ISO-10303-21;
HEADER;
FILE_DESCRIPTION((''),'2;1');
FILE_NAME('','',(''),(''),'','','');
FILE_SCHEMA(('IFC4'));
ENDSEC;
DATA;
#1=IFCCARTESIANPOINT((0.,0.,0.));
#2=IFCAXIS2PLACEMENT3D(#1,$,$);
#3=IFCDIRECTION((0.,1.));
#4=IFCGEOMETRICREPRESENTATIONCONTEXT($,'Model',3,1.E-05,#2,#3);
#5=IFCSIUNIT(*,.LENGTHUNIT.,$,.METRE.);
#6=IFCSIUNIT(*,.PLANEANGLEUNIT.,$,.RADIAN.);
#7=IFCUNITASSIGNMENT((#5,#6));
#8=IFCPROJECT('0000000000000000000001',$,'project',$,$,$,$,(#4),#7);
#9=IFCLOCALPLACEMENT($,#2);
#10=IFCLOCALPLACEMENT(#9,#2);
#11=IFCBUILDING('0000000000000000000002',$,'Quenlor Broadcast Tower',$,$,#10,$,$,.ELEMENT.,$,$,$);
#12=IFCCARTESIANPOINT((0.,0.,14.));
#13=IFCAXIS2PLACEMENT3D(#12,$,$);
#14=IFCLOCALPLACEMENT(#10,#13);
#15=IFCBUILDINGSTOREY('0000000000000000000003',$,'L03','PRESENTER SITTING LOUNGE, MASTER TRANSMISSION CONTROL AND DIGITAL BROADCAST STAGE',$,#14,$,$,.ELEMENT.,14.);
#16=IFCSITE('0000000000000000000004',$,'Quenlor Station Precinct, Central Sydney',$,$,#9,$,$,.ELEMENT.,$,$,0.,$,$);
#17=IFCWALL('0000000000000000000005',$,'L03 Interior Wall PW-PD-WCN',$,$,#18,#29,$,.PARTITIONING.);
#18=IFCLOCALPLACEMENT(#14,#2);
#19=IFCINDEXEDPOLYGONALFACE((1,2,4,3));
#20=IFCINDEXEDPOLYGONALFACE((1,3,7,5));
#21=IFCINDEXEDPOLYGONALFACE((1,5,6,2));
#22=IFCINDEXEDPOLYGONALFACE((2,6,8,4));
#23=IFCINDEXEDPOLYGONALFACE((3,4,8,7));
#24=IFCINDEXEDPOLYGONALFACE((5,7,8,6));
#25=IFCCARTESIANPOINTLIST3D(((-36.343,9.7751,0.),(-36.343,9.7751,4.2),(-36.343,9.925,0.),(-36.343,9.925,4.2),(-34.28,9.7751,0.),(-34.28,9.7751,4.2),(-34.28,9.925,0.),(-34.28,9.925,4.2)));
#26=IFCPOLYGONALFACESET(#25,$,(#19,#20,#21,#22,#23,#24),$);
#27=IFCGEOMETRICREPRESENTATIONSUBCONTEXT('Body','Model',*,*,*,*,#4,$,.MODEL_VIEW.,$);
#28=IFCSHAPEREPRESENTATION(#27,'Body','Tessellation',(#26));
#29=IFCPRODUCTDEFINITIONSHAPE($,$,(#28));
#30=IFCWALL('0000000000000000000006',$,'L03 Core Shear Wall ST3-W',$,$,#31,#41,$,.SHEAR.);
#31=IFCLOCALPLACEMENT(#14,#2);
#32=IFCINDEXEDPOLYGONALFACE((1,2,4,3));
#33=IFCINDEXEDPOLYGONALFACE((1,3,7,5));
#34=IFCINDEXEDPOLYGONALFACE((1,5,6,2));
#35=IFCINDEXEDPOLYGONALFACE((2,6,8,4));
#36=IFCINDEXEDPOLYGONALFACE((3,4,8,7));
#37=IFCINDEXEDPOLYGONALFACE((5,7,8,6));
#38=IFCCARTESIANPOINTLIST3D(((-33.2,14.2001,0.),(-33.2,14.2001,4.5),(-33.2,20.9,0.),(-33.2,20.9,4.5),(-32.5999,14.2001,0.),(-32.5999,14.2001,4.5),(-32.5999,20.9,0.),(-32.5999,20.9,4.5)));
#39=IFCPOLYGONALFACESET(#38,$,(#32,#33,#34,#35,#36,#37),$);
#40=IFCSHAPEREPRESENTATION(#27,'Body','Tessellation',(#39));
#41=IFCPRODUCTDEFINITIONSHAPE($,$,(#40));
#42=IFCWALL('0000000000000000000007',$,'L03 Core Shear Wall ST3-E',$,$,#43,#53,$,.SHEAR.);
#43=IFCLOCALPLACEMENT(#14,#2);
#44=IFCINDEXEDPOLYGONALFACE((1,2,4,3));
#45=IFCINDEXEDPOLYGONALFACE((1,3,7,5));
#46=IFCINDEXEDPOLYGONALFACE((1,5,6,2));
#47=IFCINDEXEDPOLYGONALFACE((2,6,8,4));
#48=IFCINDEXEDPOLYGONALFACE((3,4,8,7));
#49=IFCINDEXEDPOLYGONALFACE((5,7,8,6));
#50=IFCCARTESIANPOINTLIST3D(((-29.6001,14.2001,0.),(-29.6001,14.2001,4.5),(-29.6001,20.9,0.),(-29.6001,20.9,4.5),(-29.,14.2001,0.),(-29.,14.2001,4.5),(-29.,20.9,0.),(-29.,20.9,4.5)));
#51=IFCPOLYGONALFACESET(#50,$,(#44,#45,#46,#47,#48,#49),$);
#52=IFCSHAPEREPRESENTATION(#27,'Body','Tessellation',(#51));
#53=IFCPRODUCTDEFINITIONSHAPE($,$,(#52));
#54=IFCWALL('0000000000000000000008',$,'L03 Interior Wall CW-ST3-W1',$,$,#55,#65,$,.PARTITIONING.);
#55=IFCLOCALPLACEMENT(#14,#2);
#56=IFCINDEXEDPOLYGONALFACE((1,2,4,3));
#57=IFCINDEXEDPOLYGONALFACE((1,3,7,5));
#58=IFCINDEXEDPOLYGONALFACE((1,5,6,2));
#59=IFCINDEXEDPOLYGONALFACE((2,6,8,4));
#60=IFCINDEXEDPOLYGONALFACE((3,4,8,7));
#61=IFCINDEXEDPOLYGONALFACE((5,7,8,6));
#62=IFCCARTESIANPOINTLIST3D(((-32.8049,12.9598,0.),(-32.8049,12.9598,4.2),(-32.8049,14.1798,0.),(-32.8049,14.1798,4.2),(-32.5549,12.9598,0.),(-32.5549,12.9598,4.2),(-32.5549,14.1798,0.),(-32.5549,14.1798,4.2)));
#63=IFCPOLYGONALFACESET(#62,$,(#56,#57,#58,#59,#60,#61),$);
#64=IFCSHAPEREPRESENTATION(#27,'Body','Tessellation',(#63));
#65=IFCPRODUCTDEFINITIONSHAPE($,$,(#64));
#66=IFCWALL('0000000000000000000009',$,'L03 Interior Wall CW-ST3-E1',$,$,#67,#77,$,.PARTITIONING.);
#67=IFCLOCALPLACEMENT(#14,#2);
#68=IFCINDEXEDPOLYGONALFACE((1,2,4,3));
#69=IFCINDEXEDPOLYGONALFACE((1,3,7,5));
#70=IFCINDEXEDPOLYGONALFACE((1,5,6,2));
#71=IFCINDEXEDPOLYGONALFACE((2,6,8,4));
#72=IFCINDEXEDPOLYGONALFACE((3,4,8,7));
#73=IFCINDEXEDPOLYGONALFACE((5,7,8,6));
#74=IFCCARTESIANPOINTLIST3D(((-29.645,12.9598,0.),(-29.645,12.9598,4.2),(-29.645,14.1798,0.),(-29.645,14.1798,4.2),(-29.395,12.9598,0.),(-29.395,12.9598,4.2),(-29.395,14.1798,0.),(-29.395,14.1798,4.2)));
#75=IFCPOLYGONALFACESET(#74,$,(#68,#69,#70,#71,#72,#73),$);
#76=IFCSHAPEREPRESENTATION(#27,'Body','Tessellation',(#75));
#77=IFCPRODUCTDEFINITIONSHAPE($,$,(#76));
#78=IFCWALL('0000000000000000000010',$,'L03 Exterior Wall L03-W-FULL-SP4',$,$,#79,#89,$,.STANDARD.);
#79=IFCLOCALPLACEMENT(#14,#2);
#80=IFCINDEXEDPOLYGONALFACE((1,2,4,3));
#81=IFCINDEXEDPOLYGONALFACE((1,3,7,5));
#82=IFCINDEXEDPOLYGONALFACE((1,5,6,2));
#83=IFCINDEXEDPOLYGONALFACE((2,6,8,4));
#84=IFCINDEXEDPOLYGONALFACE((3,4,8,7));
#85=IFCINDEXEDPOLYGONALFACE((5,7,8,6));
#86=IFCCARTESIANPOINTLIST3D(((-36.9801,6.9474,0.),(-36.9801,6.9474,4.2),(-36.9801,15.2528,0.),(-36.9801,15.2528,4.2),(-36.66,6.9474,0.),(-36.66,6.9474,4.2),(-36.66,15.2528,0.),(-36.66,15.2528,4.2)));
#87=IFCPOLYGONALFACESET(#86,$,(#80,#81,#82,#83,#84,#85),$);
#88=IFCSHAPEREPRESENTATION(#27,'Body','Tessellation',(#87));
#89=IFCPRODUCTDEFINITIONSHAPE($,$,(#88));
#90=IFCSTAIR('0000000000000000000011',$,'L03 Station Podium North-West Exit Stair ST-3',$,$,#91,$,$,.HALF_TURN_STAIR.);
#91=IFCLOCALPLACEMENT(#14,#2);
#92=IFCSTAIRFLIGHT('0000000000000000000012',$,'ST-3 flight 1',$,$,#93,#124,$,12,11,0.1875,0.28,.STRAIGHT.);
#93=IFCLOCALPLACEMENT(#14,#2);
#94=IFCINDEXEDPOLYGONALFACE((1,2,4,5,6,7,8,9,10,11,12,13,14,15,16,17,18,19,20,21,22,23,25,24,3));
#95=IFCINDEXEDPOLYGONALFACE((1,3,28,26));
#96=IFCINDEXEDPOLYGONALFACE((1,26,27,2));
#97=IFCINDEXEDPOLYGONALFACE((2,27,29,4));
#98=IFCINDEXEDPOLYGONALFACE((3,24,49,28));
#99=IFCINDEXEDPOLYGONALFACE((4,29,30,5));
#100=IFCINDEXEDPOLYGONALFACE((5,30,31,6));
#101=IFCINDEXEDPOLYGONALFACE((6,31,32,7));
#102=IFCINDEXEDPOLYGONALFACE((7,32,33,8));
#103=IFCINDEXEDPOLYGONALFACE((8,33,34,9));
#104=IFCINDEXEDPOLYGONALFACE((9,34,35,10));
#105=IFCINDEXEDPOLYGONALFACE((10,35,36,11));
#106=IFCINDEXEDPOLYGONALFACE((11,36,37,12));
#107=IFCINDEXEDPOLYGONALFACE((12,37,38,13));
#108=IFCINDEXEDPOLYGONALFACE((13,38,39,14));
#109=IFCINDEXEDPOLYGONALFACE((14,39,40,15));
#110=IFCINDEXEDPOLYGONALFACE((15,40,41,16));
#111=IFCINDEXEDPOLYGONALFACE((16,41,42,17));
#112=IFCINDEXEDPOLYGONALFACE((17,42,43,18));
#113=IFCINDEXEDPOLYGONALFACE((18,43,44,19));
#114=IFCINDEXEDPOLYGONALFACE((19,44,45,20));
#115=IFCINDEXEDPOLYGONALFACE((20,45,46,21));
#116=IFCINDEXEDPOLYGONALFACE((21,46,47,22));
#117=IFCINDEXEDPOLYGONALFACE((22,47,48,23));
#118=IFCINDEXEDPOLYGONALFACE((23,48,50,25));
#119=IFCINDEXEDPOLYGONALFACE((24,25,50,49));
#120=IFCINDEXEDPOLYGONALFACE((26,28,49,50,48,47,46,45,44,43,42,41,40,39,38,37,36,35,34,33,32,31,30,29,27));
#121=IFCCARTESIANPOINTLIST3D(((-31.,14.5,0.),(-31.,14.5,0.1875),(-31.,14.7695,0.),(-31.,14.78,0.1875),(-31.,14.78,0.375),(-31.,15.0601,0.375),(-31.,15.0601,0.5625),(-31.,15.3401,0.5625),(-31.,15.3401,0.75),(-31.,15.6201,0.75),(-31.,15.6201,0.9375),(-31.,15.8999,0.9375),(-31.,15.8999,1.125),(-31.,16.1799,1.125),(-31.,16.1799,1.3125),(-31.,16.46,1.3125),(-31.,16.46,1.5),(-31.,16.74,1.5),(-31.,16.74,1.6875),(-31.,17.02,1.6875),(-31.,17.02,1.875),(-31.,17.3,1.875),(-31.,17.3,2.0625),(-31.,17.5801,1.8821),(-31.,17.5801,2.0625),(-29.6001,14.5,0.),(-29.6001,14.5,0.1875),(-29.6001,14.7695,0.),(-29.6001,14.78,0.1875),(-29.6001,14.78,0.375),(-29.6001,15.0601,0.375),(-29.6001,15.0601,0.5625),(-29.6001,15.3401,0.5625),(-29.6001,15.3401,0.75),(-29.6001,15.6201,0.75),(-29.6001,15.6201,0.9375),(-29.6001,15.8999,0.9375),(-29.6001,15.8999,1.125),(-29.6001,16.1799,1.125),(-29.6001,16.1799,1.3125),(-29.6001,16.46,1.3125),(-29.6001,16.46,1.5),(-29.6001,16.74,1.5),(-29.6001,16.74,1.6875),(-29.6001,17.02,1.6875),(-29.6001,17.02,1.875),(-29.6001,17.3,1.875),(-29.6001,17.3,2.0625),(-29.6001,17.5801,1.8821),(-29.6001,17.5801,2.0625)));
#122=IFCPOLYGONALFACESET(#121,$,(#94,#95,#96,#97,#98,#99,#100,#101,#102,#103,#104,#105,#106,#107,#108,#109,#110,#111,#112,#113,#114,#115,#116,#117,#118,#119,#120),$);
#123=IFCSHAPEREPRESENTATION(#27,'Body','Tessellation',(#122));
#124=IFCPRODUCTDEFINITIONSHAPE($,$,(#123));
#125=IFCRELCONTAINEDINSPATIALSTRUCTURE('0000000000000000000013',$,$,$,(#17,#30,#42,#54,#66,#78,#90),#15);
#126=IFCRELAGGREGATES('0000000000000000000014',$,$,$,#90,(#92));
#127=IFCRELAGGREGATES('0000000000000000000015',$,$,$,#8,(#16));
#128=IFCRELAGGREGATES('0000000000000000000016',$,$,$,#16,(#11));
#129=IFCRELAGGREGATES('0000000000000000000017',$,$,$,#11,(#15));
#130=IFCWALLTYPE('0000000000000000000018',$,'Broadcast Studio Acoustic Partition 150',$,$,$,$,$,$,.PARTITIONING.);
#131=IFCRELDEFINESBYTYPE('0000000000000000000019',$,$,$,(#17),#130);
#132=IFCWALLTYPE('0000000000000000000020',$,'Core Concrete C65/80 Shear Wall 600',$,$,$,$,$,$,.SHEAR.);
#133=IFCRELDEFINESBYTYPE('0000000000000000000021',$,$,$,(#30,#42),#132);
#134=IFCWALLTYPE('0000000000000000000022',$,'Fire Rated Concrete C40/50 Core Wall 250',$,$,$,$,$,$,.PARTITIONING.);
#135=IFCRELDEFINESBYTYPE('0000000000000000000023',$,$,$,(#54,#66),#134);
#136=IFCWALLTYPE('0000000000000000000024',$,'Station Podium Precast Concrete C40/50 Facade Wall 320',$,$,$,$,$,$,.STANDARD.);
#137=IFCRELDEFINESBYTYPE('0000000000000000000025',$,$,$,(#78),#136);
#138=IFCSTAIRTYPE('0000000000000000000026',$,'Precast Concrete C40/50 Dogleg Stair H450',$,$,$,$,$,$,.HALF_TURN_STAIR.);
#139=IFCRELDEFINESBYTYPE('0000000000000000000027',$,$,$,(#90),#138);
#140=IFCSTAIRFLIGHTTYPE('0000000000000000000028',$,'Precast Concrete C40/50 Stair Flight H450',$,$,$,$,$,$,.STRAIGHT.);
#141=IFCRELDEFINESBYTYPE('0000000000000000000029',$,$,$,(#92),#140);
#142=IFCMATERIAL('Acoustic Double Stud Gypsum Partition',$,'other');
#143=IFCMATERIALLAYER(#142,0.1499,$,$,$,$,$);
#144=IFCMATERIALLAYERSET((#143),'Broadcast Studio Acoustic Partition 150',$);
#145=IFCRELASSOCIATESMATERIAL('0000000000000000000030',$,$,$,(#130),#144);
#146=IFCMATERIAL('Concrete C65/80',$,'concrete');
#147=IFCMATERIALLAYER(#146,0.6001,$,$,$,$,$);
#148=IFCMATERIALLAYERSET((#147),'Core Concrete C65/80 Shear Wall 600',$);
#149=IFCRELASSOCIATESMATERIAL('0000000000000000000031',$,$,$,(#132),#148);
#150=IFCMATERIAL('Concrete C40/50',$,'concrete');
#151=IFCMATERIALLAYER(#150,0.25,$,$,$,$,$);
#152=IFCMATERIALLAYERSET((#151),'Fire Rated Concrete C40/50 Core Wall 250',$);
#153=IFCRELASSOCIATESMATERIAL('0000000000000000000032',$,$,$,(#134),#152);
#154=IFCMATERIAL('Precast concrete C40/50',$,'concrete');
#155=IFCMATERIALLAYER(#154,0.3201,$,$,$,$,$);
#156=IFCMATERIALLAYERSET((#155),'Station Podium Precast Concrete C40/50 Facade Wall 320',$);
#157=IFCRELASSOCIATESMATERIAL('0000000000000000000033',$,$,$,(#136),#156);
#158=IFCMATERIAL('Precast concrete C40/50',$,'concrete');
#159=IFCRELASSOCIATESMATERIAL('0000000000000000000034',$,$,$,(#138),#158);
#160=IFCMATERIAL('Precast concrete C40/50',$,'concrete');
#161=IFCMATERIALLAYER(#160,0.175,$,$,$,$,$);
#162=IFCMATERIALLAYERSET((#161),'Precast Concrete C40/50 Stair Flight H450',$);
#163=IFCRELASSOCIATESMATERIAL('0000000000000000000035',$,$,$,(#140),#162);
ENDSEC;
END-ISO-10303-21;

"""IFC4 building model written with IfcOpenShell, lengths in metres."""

from ifc_helpers import new_model, si_unit, direction, frame, frame_2d, origin, place, context, subcontext, project, spatial, polyline, rectangle, outline, extrude, material, layer, layer_set, type_object, element, aggregate, save


model = new_model("IFC4")

# Units and contexts
model_context = context("Model", 3, precision=1e-05, world=origin(), true_north=direction((0.0, 1.0)))
body_context = subcontext(model_context, "Body", "Model", "MODEL_VIEW")
ifc_project = project(units=[si_unit("LENGTHUNIT", "METRE"), si_unit("PLANEANGLEUNIT", "RADIAN")], contexts=[model_context])

# Site, building, storey
site_placement = place(None, origin())
site = spatial("IfcSite", under=ifc_project, at=site_placement, Name="Quenlor Station Precinct, Central Sydney", CompositionType="ELEMENT", RefElevation=0.0)
building_placement = place(site_placement, origin())
building = spatial("IfcBuilding", under=site, at=building_placement, Name="Quenlor Broadcast Tower", CompositionType="ELEMENT")
storey_placement = place(building_placement, frame((0.0, 0.0, 14.0)))
storey = spatial("IfcBuildingStorey", under=building, at=storey_placement, Name="L03", Description="PRESENTER SITTING LOUNGE, MASTER TRANSMISSION CONTROL AND DIGITAL BROADCAST STAGE", CompositionType="ELEMENT", Elevation=14.0)

# Walls
ifc_material_1 = material(Name="Acoustic Double Stud Gypsum Partition", Category="other")
ifc_layer_1 = layer(ifc_material_1, 0.1499)
ifc_layer_set_1 = layer_set([ifc_layer_1], Name="Broadcast Studio Acoustic Partition 150")
wall_type_1 = type_object("IfcWallType", Name="Broadcast Studio Acoustic Partition 150", PredefinedType="PARTITIONING", material=ifc_layer_set_1)
wall_1_placement = place(storey_placement, frame((-36.343, 9.8501, 0.0), z_axis=(0.0, 0.0, 1.0), x_axis=(1.0, 0.0, 0.0)))
element("IfcWall", 1, at=wall_1_placement, inside=storey, type_object=wall_type_1, Name="L03 Interior Wall PW-PD-WCN", PredefinedType="PARTITIONING", context=body_context, shape_type="SweptSolid", body=[
    extrude(rectangle(XDim=2.063, YDim=0.1499, at=frame_2d((1.0315, 0.0))), origin(), (0.0, 0.0, 1.0), 4.2),
])
ifc_material_2 = material(Name="Concrete C65/80", Category="concrete")
ifc_layer_2 = layer(ifc_material_2, 0.6001)
ifc_layer_set_2 = layer_set([ifc_layer_2], Name="Core Concrete C65/80 Shear Wall 600")
wall_type_2 = type_object("IfcWallType", Name="Core Concrete C65/80 Shear Wall 600", PredefinedType="SHEAR", material=ifc_layer_set_2)
for number, where, z_axis, x_axis, name in (
    (2, (-32.8999, 14.2, 0.0), (0.0, 0.0, 1.0), (0.0, 1.0, 0.0), "L03 Core Shear Wall ST3-W"),
    (3, (-29.3, 14.2, 0.0), (0.0, 0.0, 1.0), (0.0, 1.0, 0.0), "L03 Core Shear Wall ST3-E"),
):
    element("IfcWall", number, at=place(storey_placement, frame(where, z_axis=z_axis, x_axis=x_axis)), inside=storey, type_object=wall_type_2, Name=name, PredefinedType="SHEAR", context=body_context, shape_type="SweptSolid", body=[
        extrude(rectangle(XDim=6.7, YDim=0.6001, at=frame_2d((3.3501, 0.0))), origin(), (0.0, 0.0, 1.0), 4.5),
    ])

# Shared definitions
ifc_material_3 = material(Name="Concrete C40/50", Category="concrete")
ifc_layer_3 = layer(ifc_material_3, 0.25)
ifc_layer_set_3 = layer_set([ifc_layer_3], Name="Fire Rated Concrete C40/50 Core Wall 250")
wall_type_3 = type_object("IfcWallType", Name="Fire Rated Concrete C40/50 Core Wall 250", PredefinedType="PARTITIONING", material=ifc_layer_set_3)

# Walls
for number, where, z_axis, x_axis, name in (
    (4, (-32.6799, 12.96, 0.0), (0.0, 0.0, 1.0), (0.0, 1.0, 0.0), "L03 Interior Wall CW-ST3-W1"),
    (5, (-29.52, 12.96, 0.0), (0.0, 0.0, 1.0), (0.0, 1.0, 0.0), "L03 Interior Wall CW-ST3-E1"),
):
    element("IfcWall", number, at=place(storey_placement, frame(where, z_axis=z_axis, x_axis=x_axis)), inside=storey, type_object=wall_type_3, Name=name, PredefinedType="PARTITIONING", context=body_context, shape_type="SweptSolid", body=[
        extrude(rectangle(XDim=1.22, YDim=0.25, at=frame_2d((0.6099, 0.0))), origin(), (0.0, 0.0, 1.0), 4.2),
    ])
ifc_material_4 = material(Name="Precast concrete C40/50", Category="concrete")
ifc_layer_4 = layer(ifc_material_4, 0.3201)
ifc_layer_set_4 = layer_set([ifc_layer_4], Name="Station Podium Precast Concrete C40/50 Facade Wall 320")
wall_type_4 = type_object("IfcWallType", Name="Station Podium Precast Concrete C40/50 Facade Wall 320", PredefinedType="STANDARD", material=ifc_layer_set_4)
wall_2_placement = place(storey_placement, frame((-36.8201, 6.9473, 0.0), z_axis=(0.0, 0.0, 1.0), x_axis=(0.0, 1.0, 0.0)))
element("IfcWall", 6, at=wall_2_placement, inside=storey, type_object=wall_type_4, Name="L03 Exterior Wall L03-W-FULL-SP4", PredefinedType="STANDARD", context=body_context, shape_type="SweptSolid", body=[
    extrude(rectangle(XDim=8.3054, YDim=0.3201, at=frame_2d((4.1528, 0.0))), origin(), (0.0, 0.0, 1.0), 4.2),
])

# Stair, stair flight
ifc_material_5 = material(Name="Precast concrete C40/50", Category="concrete")
stair_type = type_object("IfcStairType", Name="Precast Concrete C40/50 Dogleg Stair H450", PredefinedType="HALF_TURN_STAIR", material=ifc_material_5)
stair_placement = place(storey_placement, origin())
stair = element("IfcStair", 7, at=stair_placement, inside=storey, type_object=stair_type, Name="L03 Station Podium North-West Exit Stair ST-3", PredefinedType="HALF_TURN_STAIR")
ifc_material_6 = material(Name="Precast concrete C40/50", Category="concrete")
ifc_layer_5 = layer(ifc_material_6, 0.175)
ifc_layer_set_5 = layer_set([ifc_layer_5], Name="Precast Concrete C40/50 Stair Flight H450")
stair_flight_type = type_object("IfcStairFlightType", Name="Precast Concrete C40/50 Stair Flight H450", PredefinedType="STRAIGHT", material=ifc_layer_set_5)
stair_flight_placement = place(storey_placement, frame((-30.3, 14.5, 0.0), z_axis=(0.0, 0.0, 1.0), x_axis=(0.0, 1.0, 0.0)))
stair_flight = element("IfcStairFlight", 8, at=stair_flight_placement, type_object=stair_flight_type, Name="ST-3 flight 1", NumberOfRisers=12, NumberOfTreads=11, PredefinedType="STRAIGHT", RiserHeight=0.1875, TreadLength=0.28, context=body_context, shape_type="SweptSolid", body=[
    extrude(outline(polyline([(0.0, 0.0), (0.0, 0.1875), (0.28, 0.1875), (0.28, 0.375), (0.5601, 0.375), (0.5601, 0.5625), (0.8401, 0.5625), (0.8401, 0.75), (1.1201, 0.75), (1.1201, 0.9375), (1.3999, 0.9375), (1.3999, 1.125), (1.6799, 1.125), (1.6799, 1.3125), (1.96, 1.3125), (1.96, 1.5), (2.24, 1.5), (2.24, 1.6875), (2.52, 1.6875), (2.52, 1.875), (2.8, 1.875), (2.8, 2.0625), (3.0801, 2.0625), (3.0801, 2.25), (3.0801, 1.8821), (0.2695, 0.0), (0.0, 0.0)])), frame((0.0, 0.7, 0.0), z_axis=(0.0, -1.0, 0.0), x_axis=(1.0, 0.0, 0.0)), (0.0, 0.0, 1.0), 1.3999),
])
aggregate(stair, [stair_flight])

save(model, "model.ifc")
